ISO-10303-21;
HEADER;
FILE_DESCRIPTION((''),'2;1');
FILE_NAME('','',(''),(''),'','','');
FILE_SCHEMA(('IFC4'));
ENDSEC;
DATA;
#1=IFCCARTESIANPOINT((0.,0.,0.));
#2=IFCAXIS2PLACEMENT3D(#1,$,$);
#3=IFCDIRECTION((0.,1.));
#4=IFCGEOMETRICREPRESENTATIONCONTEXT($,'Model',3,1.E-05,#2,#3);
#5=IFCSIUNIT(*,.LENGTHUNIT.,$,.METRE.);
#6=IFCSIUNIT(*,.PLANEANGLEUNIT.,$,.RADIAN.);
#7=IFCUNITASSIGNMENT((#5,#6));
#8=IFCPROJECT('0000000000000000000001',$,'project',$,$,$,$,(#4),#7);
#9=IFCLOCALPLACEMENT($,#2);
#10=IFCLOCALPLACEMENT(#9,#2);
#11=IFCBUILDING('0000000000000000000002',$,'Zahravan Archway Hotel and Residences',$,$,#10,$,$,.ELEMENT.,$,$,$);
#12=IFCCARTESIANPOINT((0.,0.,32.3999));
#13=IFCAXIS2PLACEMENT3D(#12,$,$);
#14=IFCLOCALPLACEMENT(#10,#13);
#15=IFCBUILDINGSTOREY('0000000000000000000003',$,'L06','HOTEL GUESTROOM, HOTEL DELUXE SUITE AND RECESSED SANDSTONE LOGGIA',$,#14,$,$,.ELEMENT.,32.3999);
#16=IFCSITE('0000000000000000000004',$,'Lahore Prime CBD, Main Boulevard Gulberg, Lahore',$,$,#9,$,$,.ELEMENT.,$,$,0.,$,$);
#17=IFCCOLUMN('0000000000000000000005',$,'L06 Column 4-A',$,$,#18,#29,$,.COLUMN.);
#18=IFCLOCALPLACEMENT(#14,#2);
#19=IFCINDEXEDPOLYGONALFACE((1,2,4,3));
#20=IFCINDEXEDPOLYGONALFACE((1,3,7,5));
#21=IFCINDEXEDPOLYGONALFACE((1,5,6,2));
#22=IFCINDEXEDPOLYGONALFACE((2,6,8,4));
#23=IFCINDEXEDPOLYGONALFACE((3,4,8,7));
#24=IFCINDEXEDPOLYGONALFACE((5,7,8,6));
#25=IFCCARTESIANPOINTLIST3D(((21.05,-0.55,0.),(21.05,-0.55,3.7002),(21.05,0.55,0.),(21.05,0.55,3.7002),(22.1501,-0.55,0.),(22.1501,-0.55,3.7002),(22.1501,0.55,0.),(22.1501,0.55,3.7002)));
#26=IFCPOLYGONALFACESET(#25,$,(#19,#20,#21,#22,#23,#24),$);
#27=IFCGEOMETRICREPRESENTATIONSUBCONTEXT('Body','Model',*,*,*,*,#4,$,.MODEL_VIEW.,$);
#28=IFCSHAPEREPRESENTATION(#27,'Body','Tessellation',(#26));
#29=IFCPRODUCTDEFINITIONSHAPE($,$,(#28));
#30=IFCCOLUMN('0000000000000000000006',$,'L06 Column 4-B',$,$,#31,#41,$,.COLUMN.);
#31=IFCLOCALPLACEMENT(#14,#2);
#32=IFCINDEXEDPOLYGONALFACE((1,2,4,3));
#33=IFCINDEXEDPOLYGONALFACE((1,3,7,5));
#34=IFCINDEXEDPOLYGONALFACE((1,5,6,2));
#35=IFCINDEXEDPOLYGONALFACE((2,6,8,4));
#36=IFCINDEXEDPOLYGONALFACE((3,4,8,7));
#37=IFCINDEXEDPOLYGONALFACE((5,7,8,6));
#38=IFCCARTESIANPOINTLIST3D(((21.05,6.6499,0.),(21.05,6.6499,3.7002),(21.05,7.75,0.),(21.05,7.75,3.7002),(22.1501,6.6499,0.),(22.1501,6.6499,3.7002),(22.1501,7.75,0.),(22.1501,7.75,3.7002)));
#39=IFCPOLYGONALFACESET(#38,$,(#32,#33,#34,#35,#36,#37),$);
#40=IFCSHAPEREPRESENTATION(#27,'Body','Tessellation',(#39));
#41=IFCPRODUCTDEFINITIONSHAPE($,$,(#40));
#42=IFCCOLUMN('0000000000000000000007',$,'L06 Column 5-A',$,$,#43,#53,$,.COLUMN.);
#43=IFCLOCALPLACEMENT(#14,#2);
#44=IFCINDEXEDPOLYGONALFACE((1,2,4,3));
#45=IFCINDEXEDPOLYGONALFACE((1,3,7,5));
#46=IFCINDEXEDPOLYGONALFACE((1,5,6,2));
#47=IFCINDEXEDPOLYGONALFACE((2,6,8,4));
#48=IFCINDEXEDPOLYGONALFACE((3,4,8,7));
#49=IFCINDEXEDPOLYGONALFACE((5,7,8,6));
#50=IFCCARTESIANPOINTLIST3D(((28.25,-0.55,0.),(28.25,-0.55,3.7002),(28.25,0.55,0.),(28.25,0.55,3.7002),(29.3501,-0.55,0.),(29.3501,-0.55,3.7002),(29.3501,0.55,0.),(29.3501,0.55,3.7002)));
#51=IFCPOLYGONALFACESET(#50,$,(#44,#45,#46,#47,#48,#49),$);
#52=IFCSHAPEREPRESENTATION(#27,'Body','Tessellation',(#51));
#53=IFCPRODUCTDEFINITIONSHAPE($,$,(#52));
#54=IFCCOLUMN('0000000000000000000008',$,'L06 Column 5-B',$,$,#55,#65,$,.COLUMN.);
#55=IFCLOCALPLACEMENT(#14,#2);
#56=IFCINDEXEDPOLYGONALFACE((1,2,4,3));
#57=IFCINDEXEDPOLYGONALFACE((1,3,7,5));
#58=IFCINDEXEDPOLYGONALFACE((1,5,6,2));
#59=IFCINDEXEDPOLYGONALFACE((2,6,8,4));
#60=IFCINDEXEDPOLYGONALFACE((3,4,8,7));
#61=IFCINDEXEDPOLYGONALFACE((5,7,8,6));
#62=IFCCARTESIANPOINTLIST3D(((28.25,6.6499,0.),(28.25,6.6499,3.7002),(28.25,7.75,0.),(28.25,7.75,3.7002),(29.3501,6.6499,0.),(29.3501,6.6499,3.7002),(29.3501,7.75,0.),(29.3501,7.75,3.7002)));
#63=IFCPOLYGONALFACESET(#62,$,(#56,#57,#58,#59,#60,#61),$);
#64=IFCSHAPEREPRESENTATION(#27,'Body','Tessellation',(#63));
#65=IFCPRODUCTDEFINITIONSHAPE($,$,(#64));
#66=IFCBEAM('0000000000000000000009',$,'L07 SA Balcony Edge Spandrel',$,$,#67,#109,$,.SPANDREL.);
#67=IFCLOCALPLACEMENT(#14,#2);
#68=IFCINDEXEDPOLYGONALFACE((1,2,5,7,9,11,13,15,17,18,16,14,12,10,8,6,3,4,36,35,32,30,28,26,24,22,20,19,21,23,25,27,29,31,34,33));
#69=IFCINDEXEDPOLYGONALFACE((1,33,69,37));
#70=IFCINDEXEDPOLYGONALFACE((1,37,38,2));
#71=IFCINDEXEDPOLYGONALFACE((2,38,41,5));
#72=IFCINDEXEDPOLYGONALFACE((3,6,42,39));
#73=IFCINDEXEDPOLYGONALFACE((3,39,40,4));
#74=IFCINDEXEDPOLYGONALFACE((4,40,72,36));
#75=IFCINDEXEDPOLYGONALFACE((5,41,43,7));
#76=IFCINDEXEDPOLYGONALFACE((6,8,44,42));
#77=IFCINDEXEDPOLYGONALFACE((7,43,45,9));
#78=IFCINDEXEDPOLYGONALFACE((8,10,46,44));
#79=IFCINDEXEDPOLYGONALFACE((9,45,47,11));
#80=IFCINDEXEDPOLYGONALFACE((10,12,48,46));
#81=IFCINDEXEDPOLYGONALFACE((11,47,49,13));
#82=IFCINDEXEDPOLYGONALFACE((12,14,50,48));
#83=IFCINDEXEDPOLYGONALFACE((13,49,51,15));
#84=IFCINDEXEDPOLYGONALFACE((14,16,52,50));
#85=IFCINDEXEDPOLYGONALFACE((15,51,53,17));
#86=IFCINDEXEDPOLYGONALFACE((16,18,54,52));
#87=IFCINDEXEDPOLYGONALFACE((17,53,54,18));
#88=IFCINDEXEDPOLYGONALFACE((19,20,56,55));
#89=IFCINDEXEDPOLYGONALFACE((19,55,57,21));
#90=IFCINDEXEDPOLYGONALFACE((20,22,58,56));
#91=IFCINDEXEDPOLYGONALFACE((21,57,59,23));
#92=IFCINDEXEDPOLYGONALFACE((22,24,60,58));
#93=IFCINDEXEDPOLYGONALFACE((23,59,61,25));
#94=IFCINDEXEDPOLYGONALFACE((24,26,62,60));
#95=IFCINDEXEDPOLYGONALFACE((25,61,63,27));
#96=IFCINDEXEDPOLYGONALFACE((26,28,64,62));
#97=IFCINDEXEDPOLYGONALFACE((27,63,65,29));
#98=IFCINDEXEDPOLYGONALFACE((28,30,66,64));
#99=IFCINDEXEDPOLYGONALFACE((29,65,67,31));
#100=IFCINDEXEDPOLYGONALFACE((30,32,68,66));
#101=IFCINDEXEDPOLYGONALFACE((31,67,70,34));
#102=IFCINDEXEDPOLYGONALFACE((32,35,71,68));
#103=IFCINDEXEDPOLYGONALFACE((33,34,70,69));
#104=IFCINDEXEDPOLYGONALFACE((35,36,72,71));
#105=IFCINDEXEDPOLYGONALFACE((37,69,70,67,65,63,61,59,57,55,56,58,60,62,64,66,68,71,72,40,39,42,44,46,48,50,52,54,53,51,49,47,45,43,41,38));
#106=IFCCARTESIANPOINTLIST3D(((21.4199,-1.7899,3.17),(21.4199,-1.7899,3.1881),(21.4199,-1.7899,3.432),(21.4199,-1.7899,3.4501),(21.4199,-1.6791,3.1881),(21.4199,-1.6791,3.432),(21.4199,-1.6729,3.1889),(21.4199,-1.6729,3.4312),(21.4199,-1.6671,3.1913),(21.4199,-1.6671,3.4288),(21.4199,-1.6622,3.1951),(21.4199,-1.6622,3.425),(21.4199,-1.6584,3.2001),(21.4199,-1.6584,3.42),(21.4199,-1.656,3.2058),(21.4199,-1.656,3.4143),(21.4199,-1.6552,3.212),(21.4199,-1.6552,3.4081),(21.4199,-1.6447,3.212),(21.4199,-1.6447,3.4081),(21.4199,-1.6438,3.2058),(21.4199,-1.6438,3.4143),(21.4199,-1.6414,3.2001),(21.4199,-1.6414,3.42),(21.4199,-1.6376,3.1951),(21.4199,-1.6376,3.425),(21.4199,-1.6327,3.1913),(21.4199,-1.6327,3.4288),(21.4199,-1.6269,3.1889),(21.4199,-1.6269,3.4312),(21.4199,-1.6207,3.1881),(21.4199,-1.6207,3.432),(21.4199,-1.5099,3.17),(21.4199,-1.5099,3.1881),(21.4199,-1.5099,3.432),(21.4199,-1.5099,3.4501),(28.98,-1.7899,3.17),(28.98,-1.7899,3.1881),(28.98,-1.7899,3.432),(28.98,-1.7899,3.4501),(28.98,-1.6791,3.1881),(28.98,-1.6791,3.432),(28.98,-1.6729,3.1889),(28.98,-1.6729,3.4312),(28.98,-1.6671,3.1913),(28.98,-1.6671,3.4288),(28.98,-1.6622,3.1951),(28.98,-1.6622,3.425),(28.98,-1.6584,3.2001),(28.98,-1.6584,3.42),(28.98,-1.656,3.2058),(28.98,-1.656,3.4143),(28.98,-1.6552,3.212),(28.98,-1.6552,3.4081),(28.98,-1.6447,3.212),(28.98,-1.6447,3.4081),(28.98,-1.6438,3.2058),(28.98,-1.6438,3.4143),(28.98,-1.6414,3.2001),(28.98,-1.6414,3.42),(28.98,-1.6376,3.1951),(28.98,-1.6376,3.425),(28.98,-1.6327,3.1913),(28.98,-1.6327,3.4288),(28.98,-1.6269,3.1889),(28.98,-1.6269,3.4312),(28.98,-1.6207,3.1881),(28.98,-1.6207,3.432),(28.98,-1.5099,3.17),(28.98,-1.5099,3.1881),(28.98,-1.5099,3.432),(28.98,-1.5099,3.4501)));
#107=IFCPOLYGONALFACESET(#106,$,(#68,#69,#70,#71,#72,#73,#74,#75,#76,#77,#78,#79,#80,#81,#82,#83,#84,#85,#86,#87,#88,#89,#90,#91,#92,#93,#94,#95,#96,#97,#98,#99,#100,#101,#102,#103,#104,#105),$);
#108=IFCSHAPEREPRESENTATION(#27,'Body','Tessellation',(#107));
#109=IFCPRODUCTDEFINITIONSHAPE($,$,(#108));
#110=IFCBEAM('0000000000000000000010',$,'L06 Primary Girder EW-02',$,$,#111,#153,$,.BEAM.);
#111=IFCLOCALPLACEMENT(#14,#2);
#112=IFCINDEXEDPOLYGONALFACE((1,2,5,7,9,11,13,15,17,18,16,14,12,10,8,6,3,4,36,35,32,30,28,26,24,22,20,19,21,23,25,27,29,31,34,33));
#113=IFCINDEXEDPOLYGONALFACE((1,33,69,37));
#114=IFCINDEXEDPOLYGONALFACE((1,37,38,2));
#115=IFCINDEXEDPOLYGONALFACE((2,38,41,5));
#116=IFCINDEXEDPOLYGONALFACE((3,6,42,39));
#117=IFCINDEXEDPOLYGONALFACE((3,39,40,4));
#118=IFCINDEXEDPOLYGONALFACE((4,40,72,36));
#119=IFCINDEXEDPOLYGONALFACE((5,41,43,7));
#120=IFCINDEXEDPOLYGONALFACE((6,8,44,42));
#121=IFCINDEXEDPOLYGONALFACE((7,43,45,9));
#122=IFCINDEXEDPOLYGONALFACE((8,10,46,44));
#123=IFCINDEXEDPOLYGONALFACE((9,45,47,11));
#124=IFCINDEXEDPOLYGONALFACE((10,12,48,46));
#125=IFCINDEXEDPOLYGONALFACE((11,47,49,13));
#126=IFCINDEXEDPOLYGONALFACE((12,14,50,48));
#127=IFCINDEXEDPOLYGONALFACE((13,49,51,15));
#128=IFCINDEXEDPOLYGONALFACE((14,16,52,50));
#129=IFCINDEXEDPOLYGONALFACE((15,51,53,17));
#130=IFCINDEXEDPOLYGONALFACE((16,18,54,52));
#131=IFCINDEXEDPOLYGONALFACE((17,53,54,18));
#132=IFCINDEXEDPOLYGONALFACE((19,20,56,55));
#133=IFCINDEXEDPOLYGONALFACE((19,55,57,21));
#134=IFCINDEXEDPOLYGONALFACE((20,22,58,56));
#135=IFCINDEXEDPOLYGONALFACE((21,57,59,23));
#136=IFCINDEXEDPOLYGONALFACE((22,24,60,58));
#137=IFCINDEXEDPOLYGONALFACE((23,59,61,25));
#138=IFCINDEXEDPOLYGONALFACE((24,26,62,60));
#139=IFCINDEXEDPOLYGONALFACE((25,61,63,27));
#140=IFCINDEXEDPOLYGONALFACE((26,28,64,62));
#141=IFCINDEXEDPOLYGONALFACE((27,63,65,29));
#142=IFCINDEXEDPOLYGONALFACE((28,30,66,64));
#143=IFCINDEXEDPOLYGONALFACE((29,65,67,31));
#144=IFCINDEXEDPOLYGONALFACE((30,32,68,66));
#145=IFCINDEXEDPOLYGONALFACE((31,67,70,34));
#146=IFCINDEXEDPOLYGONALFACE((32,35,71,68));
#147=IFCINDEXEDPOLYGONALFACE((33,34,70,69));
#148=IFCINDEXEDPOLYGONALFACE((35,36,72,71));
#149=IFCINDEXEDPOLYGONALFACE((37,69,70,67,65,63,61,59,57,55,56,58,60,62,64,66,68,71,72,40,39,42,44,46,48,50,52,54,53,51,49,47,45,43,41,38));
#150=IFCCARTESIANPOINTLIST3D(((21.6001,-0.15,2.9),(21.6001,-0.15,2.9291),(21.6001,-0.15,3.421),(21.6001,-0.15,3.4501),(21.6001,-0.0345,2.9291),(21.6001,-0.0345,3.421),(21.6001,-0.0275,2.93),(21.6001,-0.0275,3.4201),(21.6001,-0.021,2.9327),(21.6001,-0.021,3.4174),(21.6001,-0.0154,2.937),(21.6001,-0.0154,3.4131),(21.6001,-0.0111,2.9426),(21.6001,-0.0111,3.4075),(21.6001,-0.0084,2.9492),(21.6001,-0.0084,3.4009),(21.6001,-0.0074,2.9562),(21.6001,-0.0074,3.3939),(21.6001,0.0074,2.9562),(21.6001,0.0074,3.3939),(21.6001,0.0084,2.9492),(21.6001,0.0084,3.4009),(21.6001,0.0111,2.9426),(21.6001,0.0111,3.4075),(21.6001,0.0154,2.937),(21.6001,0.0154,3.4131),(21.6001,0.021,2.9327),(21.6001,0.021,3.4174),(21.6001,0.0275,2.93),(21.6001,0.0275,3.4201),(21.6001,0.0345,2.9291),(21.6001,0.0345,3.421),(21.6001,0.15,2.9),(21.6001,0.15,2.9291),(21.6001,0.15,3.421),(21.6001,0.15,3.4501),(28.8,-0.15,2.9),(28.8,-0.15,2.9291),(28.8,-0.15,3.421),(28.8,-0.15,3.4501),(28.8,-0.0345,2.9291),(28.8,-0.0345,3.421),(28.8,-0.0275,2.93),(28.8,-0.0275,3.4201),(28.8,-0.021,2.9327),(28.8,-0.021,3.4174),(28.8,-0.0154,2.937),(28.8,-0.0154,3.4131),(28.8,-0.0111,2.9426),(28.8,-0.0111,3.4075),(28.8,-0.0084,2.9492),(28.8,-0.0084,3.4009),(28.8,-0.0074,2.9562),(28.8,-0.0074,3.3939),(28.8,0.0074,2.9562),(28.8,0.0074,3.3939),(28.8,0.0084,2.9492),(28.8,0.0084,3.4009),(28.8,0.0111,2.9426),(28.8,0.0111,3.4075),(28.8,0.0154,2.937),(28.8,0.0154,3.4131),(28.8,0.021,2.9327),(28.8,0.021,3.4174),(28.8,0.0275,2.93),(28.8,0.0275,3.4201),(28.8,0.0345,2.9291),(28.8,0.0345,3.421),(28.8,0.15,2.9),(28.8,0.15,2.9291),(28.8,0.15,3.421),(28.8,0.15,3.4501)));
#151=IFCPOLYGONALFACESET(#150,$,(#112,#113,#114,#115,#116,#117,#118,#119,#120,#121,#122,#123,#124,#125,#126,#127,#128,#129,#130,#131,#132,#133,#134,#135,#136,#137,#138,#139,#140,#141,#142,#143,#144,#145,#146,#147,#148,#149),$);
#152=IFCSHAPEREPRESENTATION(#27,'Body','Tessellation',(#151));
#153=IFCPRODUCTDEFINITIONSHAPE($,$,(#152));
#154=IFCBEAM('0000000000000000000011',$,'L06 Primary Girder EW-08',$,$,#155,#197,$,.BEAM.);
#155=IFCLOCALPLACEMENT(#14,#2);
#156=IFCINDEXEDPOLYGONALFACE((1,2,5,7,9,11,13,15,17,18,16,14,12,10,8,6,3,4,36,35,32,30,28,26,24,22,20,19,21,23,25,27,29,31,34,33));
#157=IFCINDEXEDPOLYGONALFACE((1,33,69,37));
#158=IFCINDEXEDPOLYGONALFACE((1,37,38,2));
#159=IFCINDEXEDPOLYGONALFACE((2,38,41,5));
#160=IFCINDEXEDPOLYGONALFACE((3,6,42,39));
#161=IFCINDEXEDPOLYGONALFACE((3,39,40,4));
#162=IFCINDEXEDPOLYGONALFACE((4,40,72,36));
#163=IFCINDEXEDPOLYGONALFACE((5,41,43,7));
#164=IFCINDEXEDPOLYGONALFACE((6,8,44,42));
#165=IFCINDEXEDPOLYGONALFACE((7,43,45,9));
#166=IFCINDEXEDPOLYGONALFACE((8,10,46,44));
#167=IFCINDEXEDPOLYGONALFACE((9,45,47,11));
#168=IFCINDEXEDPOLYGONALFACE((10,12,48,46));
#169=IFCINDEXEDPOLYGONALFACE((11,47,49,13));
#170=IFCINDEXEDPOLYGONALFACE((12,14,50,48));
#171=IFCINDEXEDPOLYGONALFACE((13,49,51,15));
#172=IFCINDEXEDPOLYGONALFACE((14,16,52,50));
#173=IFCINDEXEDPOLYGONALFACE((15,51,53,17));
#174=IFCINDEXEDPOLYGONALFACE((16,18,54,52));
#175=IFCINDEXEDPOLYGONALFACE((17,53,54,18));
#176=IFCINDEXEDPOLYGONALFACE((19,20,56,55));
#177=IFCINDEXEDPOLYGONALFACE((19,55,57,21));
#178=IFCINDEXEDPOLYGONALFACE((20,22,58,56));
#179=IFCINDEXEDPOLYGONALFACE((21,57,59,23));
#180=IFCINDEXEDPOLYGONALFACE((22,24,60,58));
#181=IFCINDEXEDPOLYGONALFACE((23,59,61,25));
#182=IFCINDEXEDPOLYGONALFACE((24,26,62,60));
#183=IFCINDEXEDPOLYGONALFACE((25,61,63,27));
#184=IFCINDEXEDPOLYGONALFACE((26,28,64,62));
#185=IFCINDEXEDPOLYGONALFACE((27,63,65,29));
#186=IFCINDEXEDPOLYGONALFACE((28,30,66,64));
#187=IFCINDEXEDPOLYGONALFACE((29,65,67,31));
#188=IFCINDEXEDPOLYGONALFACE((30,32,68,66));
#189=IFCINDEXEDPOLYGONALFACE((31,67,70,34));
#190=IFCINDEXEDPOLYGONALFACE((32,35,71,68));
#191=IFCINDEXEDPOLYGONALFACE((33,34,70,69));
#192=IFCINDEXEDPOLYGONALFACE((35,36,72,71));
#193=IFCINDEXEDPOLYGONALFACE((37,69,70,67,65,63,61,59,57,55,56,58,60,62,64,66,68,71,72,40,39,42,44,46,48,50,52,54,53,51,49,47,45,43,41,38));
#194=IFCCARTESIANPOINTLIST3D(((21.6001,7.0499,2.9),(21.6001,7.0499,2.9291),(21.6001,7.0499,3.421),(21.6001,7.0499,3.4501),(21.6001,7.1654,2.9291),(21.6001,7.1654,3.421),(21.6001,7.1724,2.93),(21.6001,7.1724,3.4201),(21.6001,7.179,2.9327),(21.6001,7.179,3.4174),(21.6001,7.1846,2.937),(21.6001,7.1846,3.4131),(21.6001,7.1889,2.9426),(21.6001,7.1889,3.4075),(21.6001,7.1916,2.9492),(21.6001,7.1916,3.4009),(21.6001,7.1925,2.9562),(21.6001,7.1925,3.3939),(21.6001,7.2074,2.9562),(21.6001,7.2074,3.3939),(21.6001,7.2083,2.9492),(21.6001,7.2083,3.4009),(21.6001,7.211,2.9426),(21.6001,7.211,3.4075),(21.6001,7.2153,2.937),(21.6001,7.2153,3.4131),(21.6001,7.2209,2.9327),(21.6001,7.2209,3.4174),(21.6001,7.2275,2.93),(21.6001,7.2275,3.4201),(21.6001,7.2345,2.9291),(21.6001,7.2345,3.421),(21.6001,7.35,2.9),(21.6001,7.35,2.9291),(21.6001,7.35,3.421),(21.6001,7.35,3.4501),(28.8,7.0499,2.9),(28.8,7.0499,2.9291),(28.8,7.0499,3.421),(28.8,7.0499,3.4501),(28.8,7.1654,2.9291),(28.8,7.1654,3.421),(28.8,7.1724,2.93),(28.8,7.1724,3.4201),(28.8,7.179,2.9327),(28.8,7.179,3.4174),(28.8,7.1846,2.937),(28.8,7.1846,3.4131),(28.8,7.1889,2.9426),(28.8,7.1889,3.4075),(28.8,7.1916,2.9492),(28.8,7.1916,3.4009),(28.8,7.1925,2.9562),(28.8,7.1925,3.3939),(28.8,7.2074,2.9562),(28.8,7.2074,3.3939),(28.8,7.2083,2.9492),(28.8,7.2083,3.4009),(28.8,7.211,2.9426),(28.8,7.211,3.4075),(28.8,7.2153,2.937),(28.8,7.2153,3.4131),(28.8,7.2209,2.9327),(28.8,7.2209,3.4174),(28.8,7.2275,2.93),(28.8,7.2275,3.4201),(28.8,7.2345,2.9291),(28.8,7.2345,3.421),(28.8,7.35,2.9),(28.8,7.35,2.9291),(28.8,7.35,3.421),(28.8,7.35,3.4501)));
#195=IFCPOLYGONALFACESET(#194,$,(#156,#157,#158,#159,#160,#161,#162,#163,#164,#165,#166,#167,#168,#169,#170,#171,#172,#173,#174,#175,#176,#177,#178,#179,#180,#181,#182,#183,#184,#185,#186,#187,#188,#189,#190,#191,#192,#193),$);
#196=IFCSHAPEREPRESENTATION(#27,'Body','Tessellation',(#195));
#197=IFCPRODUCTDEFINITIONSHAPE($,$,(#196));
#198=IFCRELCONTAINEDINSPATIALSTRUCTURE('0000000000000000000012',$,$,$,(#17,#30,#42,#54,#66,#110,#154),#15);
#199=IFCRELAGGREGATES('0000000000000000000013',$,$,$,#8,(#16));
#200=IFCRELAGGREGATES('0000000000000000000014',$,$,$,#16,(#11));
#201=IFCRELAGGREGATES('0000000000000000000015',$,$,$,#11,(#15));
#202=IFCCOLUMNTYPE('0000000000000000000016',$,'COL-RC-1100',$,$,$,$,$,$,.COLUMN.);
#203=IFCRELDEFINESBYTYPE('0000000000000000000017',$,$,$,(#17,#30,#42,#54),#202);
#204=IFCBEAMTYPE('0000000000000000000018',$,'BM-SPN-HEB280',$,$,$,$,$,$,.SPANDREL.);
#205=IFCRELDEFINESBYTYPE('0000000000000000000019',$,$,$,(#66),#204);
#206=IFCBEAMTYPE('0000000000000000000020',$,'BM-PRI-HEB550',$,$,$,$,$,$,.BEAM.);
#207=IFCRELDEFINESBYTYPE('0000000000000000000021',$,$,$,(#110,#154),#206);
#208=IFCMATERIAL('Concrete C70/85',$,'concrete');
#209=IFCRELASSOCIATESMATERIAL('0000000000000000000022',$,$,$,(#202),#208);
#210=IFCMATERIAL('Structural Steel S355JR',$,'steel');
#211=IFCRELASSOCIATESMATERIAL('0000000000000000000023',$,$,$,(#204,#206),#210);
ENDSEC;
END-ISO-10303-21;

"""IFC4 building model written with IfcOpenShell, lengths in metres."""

from ifc_helpers import new_model, si_unit, direction, frame, origin, origin_2d, place, context, subcontext, project, spatial, rectangle, i_section, extrude, source, transform, mapped, material, material_profile, profile_set, type_object, type_shapes, element, save


model = new_model("IFC4")

# Units and contexts
model_context = context("Model", 3, precision=1e-05, world=origin(), true_north=direction((0.0, 1.0)))
body_context = subcontext(model_context, "Body", "Model", "MODEL_VIEW")
ifc_project = project(units=[si_unit("LENGTHUNIT", "METRE"), si_unit("PLANEANGLEUNIT", "RADIAN")], contexts=[model_context])

# Site, building, storey
site_placement = place(None, origin())
site = spatial("IfcSite", under=ifc_project, at=site_placement, Name="Lahore Prime CBD, Main Boulevard Gulberg, Lahore", CompositionType="ELEMENT", RefElevation=0.0)
building_placement = place(site_placement, origin())
building = spatial("IfcBuilding", under=site, at=building_placement, Name="Zahravan Archway Hotel and Residences", CompositionType="ELEMENT")
storey_placement = place(building_placement, frame((0.0, 0.0, 32.3999)))
storey = spatial("IfcBuildingStorey", under=building, at=storey_placement, Name="L06", Description="HOTEL GUESTROOM, HOTEL DELUXE SUITE AND RECESSED SANDSTONE LOGGIA", CompositionType="ELEMENT", Elevation=32.3999)

# Columns
ifc_material_1 = material(Name="Concrete C70/85", Category="concrete")
ifc_material_profile_1 = material_profile(ifc_material_1, rectangle(XDim=1.1001, YDim=1.1001, at=origin_2d()), Name="RC 1100x1100", Category="concrete")
ifc_profile_set_1 = profile_set([ifc_material_profile_1], Name="Concrete C70/85")
column_type = type_object("IfcColumnType", Name="COL-RC-1100", PredefinedType="COLUMN", material=ifc_profile_set_1)
shared_shape_1 = source(origin(), body_context, "Body", "SweptSolid", [
    extrude(rectangle(XDim=1.1001, YDim=1.1001, at=origin_2d()), origin(), (0.0, 0.0, 1.0), 3.7002),
])
for number, where, z_axis, x_axis, name in (
    (1, (21.6001, 0.0, 0.0), (0.0, 0.0, 1.0), (1.0, 0.0, 0.0), "L06 Column 4-A"),
    (2, (21.6001, 7.2, 0.0), (0.0, 0.0, 1.0), (1.0, 0.0, 0.0), "L06 Column 4-B"),
    (3, (28.8, 0.0, 0.0), (0.0, 0.0, 1.0), (1.0, 0.0, 0.0), "L06 Column 5-A"),
    (4, (28.8, 7.2, 0.0), (0.0, 0.0, 1.0), (1.0, 0.0, 0.0), "L06 Column 5-B"),
):
    element("IfcColumn", number, at=place(storey_placement, frame(where, z_axis=z_axis, x_axis=x_axis)), inside=storey, type_object=column_type, Name=name, PredefinedType="COLUMN", context=body_context, shape_type="MappedRepresentation", body=[
        mapped(shared_shape_1, transform((0.0, 0.0, 0.0), scale=1.0)),
    ])

# Beams
ifc_material_2 = material(Name="Structural Steel S355JR", Category="steel")
ifc_material_profile_2 = material_profile(ifc_material_2, i_section(OverallWidth=0.28, OverallDepth=0.28, WebThickness=0.0105, FlangeThickness=0.0181, FilletRadius=0.0239, at=origin_2d()), Name="HEB 280", Category="steel")
ifc_profile_set_2 = profile_set([ifc_material_profile_2], Name="Structural Steel S355JR")
beam_type_1 = type_object("IfcBeamType", Name="BM-SPN-HEB280", PredefinedType="SPANDREL", material=ifc_profile_set_2)
shared_shape_2 = source(origin(), body_context, "Body", "SweptSolid", [
    extrude(i_section(OverallWidth=0.28, OverallDepth=0.28, WebThickness=0.0105, FlangeThickness=0.0181, FilletRadius=0.0239, at=origin_2d()), origin(), (0.0, 0.0, 1.0), 7.5601),
])
type_shapes(beam_type_1, [shared_shape_2])
beam_placement = place(storey_placement, frame((21.4199, -1.6499, 3.3101), z_axis=(1.0, 0.0, 0.0), x_axis=(0.0, 1.0, 0.0)))
element("IfcBeam", 5, at=beam_placement, inside=storey, type_object=beam_type_1, Name="L07 SA Balcony Edge Spandrel", PredefinedType="SPANDREL", context=body_context, shape_type="MappedRepresentation", body=[
    mapped(shared_shape_2, transform((0.0, 0.0, 0.0), scale=1.0)),
])
ifc_material_profile_3 = material_profile(ifc_material_2, i_section(OverallWidth=0.3, OverallDepth=0.55, WebThickness=0.0149, FlangeThickness=0.0291, FilletRadius=0.0271, at=origin_2d()), Name="HEB 550", Category="steel")
ifc_profile_set_3 = profile_set([ifc_material_profile_3], Name="Structural Steel S355JR")
beam_type_2 = type_object("IfcBeamType", Name="BM-PRI-HEB550", PredefinedType="BEAM", material=ifc_profile_set_3)
shared_shape_3 = source(origin(), body_context, "Body", "SweptSolid", [
    extrude(i_section(OverallWidth=0.3, OverallDepth=0.55, WebThickness=0.0149, FlangeThickness=0.0291, FilletRadius=0.0271, at=origin_2d()), origin(), (0.0, 0.0, 1.0), 7.2),
])
for number, where, z_axis, x_axis, name in (
    (6, (21.6001, 0.0, 3.175), (1.0, 0.0, 0.0), (0.0, 1.0, 0.0), "L06 Primary Girder EW-02"),
    (7, (21.6001, 7.2, 3.175), (1.0, 0.0, 0.0), (0.0, 1.0, 0.0), "L06 Primary Girder EW-08"),
):
    element("IfcBeam", number, at=place(storey_placement, frame(where, z_axis=z_axis, x_axis=x_axis)), inside=storey, type_object=beam_type_2, Name=name, PredefinedType="BEAM", context=body_context, shape_type="MappedRepresentation", body=[
        mapped(shared_shape_3, transform((0.0, 0.0, 0.0), scale=1.0)),
    ])

save(model, "model.ifc")
